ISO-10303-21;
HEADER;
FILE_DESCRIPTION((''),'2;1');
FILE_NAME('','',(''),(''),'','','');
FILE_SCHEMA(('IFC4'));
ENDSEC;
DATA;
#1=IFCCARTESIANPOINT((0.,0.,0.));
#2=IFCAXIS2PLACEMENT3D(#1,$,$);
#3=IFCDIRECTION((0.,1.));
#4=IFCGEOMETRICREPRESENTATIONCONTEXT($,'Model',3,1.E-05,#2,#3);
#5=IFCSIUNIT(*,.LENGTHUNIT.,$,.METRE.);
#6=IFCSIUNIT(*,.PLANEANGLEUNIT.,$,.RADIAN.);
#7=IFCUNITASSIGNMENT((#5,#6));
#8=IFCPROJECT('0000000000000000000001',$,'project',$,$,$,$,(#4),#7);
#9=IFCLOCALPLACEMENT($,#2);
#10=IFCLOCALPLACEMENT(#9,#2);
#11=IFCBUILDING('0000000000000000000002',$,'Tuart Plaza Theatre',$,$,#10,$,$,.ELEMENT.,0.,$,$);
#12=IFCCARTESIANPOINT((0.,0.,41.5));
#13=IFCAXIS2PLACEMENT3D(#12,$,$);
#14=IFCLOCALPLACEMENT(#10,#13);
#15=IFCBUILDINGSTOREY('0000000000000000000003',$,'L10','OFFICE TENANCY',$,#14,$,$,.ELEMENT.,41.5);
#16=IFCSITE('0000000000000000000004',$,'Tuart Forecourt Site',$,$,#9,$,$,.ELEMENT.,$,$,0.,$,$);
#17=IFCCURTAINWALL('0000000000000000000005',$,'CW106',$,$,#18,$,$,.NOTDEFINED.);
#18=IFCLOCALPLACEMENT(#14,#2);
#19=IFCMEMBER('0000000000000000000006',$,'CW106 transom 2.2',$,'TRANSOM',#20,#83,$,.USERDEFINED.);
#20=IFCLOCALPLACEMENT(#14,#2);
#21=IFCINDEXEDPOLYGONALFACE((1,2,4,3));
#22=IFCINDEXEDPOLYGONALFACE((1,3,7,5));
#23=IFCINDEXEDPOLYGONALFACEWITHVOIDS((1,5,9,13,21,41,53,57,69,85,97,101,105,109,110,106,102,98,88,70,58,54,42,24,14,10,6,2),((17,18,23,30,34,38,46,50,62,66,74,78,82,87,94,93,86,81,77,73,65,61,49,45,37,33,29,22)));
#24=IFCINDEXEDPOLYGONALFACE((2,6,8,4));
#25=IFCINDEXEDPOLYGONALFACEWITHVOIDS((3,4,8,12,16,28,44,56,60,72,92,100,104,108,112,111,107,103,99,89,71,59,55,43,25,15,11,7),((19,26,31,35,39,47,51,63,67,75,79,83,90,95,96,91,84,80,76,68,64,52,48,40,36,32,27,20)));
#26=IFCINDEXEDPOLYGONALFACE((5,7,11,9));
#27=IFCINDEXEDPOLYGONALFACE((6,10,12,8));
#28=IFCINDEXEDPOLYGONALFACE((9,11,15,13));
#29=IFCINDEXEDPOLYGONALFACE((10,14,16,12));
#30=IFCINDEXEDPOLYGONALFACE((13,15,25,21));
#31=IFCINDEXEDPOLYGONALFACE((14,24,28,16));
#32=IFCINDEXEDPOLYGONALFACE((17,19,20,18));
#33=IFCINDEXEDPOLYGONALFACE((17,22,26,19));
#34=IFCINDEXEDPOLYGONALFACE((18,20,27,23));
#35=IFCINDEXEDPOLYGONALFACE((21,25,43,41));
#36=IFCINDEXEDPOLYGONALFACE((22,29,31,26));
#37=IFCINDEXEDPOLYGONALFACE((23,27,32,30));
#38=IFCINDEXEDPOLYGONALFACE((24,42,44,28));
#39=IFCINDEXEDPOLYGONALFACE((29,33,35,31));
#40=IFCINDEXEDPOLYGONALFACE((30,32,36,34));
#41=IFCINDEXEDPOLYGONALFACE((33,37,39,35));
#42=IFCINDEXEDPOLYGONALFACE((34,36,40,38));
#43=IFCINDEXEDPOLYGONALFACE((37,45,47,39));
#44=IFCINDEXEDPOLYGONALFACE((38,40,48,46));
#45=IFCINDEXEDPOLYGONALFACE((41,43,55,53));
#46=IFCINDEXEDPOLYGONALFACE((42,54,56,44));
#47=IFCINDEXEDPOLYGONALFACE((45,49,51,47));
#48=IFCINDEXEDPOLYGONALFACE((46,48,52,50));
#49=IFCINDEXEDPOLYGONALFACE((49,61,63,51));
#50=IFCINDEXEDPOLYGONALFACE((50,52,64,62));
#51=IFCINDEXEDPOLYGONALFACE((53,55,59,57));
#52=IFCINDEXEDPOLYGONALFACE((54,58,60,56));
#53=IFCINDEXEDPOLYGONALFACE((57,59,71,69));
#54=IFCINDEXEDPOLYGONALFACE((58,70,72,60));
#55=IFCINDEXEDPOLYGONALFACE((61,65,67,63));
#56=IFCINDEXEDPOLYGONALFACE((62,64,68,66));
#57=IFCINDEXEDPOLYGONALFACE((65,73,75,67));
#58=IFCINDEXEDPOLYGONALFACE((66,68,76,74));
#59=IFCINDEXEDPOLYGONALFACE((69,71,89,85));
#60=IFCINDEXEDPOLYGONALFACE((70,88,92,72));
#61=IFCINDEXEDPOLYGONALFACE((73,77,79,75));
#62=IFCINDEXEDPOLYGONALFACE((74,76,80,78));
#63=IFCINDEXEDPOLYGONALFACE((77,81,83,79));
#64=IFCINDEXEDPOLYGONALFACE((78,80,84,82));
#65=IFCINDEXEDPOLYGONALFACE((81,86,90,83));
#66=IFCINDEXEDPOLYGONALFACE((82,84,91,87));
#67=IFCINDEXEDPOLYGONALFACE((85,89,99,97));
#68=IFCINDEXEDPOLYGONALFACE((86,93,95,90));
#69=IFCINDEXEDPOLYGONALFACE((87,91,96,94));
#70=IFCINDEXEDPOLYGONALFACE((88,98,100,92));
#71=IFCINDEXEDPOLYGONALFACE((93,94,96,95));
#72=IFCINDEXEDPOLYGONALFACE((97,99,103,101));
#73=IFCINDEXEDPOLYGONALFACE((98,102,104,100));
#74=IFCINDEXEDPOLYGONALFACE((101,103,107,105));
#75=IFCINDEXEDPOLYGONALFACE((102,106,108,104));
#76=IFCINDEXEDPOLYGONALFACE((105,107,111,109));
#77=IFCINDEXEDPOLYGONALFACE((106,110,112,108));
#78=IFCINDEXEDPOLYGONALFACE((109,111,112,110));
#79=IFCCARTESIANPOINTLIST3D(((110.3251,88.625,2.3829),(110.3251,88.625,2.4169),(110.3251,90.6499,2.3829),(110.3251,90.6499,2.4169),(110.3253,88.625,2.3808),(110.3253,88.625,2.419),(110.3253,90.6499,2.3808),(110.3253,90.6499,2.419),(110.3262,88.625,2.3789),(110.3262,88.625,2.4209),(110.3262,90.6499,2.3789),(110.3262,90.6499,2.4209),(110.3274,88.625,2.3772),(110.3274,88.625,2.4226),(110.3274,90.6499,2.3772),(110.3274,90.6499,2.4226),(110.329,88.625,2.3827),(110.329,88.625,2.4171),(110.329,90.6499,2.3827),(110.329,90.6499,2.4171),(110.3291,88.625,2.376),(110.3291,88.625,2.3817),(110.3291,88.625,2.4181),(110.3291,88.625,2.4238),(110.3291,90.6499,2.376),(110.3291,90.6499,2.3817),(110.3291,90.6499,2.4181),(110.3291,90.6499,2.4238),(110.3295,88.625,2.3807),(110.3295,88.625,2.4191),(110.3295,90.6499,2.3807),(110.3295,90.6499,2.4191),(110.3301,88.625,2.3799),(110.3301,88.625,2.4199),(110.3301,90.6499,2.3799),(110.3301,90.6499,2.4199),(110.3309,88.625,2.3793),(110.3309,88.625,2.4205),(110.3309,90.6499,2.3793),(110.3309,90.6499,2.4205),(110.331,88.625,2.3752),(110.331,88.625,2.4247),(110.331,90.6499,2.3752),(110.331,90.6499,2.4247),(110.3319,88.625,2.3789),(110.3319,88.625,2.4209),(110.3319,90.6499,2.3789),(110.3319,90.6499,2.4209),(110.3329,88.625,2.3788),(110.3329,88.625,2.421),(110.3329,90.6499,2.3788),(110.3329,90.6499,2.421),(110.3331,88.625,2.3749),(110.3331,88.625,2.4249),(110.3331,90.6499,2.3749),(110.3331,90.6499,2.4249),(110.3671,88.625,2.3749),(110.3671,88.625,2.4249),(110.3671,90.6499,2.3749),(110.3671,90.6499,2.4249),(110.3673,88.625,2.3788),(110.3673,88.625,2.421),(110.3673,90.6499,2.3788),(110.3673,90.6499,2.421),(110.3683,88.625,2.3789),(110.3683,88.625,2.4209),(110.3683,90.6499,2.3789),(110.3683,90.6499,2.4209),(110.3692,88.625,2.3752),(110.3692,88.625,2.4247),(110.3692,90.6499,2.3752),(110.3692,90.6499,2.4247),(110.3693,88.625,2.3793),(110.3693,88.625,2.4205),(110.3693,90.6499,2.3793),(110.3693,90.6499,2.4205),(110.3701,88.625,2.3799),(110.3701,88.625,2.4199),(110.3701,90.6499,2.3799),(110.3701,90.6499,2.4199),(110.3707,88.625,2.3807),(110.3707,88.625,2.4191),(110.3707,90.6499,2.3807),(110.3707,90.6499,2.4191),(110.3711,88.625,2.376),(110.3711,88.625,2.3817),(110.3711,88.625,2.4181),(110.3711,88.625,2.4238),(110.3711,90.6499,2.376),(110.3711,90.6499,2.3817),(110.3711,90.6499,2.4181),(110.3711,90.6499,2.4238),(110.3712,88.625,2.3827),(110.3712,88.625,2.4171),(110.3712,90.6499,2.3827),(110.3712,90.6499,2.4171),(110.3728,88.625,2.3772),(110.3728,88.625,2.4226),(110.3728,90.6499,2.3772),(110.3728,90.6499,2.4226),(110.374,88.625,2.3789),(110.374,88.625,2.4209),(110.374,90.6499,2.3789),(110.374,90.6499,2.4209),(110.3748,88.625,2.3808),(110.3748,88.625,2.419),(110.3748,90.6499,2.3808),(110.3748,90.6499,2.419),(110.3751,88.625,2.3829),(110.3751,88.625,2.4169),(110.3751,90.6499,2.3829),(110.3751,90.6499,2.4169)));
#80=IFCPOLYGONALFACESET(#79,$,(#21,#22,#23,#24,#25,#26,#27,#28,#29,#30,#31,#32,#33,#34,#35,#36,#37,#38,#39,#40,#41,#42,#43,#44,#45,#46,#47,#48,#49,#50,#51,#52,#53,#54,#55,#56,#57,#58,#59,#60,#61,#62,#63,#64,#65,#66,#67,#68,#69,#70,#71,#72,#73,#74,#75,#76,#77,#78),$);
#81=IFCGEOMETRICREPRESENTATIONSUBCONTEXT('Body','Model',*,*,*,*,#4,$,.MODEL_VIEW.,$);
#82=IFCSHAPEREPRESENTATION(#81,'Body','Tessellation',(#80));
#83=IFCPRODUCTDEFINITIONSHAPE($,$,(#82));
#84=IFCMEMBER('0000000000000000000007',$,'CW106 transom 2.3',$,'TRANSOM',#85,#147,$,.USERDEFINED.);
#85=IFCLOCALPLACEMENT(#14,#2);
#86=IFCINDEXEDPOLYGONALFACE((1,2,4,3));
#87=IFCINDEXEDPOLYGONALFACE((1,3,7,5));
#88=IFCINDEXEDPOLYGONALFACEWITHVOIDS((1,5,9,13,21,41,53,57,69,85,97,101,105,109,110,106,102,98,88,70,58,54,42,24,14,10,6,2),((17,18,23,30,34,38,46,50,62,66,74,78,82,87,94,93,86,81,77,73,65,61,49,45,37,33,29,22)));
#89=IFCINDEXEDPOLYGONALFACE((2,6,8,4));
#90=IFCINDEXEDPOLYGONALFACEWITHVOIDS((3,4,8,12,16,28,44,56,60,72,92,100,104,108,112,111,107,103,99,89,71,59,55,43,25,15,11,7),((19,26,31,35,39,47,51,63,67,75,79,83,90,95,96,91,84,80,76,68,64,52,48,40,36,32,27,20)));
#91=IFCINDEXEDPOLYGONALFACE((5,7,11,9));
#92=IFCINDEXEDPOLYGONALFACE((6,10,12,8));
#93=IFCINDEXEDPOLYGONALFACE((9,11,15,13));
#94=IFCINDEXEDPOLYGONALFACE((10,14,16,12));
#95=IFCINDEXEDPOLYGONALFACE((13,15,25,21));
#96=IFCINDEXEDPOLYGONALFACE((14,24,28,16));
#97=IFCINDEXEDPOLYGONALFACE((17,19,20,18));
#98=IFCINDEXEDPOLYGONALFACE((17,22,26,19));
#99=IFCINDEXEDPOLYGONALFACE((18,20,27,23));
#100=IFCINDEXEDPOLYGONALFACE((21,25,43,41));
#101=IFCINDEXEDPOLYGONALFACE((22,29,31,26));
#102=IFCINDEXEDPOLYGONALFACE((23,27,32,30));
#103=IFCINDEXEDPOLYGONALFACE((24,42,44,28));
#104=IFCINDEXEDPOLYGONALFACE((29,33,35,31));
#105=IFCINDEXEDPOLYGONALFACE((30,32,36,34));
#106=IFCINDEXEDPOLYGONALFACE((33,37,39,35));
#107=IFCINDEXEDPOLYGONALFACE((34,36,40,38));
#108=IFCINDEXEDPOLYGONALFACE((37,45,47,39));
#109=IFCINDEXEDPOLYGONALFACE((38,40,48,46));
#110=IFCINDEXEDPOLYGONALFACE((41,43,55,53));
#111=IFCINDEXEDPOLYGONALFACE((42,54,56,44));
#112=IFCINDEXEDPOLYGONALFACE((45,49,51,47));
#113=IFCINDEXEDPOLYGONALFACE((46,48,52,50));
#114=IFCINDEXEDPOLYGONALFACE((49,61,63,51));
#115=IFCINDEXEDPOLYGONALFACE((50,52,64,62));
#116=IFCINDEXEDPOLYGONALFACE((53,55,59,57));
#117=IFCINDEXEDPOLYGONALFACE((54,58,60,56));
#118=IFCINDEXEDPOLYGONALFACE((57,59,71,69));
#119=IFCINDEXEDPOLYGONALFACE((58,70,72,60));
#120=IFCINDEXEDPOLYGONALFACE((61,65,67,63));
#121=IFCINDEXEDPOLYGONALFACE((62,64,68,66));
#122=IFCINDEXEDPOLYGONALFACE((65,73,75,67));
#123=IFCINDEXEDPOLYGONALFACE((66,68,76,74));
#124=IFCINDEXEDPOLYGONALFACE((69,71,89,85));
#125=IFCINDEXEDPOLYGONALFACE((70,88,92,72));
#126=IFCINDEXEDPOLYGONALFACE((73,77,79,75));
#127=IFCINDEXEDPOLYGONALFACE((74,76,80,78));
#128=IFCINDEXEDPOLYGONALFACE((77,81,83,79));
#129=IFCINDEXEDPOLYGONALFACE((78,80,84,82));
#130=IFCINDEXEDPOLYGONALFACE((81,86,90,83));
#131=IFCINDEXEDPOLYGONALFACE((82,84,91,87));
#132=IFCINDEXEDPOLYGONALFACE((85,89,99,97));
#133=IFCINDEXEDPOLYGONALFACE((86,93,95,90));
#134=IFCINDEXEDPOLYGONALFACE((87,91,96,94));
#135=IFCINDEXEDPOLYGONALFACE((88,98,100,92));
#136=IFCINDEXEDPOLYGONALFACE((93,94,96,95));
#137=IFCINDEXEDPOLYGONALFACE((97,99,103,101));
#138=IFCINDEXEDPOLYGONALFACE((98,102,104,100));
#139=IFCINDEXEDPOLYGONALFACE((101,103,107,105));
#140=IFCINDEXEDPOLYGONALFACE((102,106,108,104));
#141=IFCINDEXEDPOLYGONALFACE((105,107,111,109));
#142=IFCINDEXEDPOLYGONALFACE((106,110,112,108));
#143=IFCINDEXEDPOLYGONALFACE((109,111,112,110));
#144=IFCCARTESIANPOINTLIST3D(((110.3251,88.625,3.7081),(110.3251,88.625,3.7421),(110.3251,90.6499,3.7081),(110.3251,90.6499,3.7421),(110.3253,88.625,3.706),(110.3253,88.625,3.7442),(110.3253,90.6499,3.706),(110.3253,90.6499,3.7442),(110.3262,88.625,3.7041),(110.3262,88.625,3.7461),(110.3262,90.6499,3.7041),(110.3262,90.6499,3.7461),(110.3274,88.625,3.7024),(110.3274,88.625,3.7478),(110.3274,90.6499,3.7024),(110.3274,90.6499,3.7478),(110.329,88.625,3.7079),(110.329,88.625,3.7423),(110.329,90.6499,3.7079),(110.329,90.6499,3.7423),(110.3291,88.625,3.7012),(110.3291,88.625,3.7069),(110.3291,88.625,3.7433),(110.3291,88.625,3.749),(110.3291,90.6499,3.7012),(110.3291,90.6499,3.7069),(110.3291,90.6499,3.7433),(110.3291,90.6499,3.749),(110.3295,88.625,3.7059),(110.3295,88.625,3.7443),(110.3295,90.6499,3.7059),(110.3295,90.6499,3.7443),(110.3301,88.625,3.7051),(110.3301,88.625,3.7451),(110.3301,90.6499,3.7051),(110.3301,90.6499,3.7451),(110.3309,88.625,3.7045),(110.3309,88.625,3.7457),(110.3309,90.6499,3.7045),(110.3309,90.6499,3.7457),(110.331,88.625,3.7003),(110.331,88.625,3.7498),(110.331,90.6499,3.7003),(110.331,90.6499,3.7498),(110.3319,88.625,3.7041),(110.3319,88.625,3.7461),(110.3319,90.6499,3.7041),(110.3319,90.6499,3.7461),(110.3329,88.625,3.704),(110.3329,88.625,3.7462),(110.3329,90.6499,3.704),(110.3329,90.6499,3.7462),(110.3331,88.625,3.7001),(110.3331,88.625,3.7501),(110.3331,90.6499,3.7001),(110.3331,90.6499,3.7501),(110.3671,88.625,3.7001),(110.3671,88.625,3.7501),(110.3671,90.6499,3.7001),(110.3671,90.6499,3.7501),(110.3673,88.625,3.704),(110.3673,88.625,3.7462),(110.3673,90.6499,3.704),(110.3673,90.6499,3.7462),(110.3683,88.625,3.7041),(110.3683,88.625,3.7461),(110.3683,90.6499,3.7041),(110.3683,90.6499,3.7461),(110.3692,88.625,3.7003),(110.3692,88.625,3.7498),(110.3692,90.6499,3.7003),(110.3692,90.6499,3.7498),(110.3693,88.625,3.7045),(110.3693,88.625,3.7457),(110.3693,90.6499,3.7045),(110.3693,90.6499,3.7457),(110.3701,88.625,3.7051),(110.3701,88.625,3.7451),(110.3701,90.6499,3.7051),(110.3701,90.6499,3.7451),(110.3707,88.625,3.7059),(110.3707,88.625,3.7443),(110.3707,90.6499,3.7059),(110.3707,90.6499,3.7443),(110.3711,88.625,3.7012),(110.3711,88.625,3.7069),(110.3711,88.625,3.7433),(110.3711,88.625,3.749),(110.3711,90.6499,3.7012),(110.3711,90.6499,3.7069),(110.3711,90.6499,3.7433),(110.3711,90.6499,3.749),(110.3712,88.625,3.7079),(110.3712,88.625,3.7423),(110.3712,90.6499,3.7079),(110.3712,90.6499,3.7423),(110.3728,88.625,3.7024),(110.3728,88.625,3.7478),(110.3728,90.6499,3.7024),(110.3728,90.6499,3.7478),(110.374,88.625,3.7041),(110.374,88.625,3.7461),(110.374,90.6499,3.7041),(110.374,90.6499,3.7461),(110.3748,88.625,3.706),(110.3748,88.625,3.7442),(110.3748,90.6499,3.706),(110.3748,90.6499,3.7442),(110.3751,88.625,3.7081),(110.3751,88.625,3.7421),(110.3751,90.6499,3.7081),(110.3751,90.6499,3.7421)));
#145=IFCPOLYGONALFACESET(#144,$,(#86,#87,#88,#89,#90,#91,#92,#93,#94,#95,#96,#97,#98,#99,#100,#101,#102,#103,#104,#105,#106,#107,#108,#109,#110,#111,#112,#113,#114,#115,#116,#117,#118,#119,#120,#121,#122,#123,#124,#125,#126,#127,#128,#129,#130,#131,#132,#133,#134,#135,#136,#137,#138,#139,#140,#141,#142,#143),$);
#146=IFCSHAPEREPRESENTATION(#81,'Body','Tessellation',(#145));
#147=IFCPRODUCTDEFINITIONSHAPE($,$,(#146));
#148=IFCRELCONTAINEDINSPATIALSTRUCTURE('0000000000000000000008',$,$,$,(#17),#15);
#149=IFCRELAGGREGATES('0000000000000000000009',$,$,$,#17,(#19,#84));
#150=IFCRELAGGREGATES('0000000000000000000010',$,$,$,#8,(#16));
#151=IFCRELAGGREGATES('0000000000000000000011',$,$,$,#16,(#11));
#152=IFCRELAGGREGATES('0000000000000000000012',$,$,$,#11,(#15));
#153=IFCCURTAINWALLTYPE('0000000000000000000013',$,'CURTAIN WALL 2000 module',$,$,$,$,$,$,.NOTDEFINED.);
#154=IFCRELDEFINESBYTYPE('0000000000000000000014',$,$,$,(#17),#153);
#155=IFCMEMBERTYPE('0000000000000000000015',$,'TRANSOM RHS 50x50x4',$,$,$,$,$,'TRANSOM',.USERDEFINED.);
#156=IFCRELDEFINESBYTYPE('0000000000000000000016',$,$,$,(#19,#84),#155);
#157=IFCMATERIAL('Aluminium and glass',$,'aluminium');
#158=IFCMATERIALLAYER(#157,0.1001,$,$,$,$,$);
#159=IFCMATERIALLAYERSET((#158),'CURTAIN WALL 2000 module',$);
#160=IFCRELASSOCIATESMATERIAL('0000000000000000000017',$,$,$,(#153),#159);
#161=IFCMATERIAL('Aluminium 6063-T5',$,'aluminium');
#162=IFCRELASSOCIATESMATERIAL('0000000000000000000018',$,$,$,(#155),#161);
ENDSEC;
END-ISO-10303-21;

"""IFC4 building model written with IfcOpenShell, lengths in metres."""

from ifc_helpers import new_model, si_unit, direction, frame, origin, origin_2d, place, context, subcontext, project, spatial, hollow_rectangle, extrude, material, layer, layer_set, material_profile, profile_set, type_object, element, aggregate, save


model = new_model("IFC4")

# Units and contexts
model_context = context("Model", 3, precision=1e-05, world=origin(), true_north=direction((0.0, 1.0)))
body_context = subcontext(model_context, "Body", "Model", "MODEL_VIEW")
ifc_project = project(units=[si_unit("LENGTHUNIT", "METRE"), si_unit("PLANEANGLEUNIT", "RADIAN")], contexts=[model_context])

# Site, building, storey
site_placement = place(None, origin())
site = spatial("IfcSite", under=ifc_project, at=site_placement, Name="Tuart Forecourt Site", CompositionType="ELEMENT", RefElevation=0.0)
building_placement = place(site_placement, origin())
building = spatial("IfcBuilding", under=site, at=building_placement, Name="Tuart Plaza Theatre", CompositionType="ELEMENT", ElevationOfRefHeight=0.0)
storey_placement = place(building_placement, frame((0.0, 0.0, 41.5)))
storey = spatial("IfcBuildingStorey", under=building, at=storey_placement, Name="L10", Description="OFFICE TENANCY", CompositionType="ELEMENT", Elevation=41.5)

# Curtain wall, members
ifc_material_1 = material(Name="Aluminium and glass", Category="aluminium")
ifc_layer_1 = layer(ifc_material_1, 0.1001)
ifc_layer_set_1 = layer_set([ifc_layer_1], Name="CURTAIN WALL 2000 module")
curtain_wall_type = type_object("IfcCurtainWallType", Name="CURTAIN WALL 2000 module", PredefinedType="NOTDEFINED", material=ifc_layer_set_1)
curtain_wall_placement = place(storey_placement, origin())
curtain_wall = element("IfcCurtainWall", 1, at=curtain_wall_placement, inside=storey, type_object=curtain_wall_type, Name="CW106", PredefinedType="NOTDEFINED")
ifc_material_2 = material(Name="Aluminium 6063-T5", Category="aluminium")
ifc_material_profile_1 = material_profile(ifc_material_2, hollow_rectangle(XDim=0.05, YDim=0.05, WallThickness=0.0039, InnerFilletRadius=0.0039, OuterFilletRadius=0.0081, at=origin_2d()), Name="RHS 50x50x4")
ifc_profile_set_1 = profile_set([ifc_material_profile_1], Name="Aluminium 6063-T5")
member_type_1 = type_object("IfcMemberType", Name="TRANSOM RHS 50x50x4", ElementType="TRANSOM", PredefinedType="USERDEFINED", material=ifc_profile_set_1)
member_1_placement = place(storey_placement, frame((110.3501, 90.6499, 2.3999), z_axis=(0.0, -1.0, 0.0), x_axis=(1.0, 0.0, 0.0)))
member_1 = element("IfcMember", 2, at=member_1_placement, type_object=member_type_1, Name="CW106 transom 2.2", ObjectType="TRANSOM", PredefinedType="USERDEFINED", context=body_context, shape_type="SweptSolid", body=[
    extrude(hollow_rectangle(XDim=0.05, YDim=0.05, WallThickness=0.0039, InnerFilletRadius=0.0039, OuterFilletRadius=0.0081, at=origin_2d()), origin(), (0.0, 0.0, 1.0), 2.0249),
])
member_2_placement = place(storey_placement, frame((110.3501, 90.6499, 3.7251), z_axis=(0.0, -1.0, 0.0), x_axis=(1.0, 0.0, 0.0)))
member_2 = element("IfcMember", 3, at=member_2_placement, type_object=member_type_1, Name="CW106 transom 2.3", ObjectType="TRANSOM", PredefinedType="USERDEFINED", context=body_context, shape_type="SweptSolid", body=[
    extrude(hollow_rectangle(XDim=0.05, YDim=0.05, WallThickness=0.0039, InnerFilletRadius=0.0039, OuterFilletRadius=0.0081, at=origin_2d()), origin(), (0.0, 0.0, 1.0), 2.0249),
])
aggregate(curtain_wall, [member_1, member_2])

save(model, "model.ifc")
